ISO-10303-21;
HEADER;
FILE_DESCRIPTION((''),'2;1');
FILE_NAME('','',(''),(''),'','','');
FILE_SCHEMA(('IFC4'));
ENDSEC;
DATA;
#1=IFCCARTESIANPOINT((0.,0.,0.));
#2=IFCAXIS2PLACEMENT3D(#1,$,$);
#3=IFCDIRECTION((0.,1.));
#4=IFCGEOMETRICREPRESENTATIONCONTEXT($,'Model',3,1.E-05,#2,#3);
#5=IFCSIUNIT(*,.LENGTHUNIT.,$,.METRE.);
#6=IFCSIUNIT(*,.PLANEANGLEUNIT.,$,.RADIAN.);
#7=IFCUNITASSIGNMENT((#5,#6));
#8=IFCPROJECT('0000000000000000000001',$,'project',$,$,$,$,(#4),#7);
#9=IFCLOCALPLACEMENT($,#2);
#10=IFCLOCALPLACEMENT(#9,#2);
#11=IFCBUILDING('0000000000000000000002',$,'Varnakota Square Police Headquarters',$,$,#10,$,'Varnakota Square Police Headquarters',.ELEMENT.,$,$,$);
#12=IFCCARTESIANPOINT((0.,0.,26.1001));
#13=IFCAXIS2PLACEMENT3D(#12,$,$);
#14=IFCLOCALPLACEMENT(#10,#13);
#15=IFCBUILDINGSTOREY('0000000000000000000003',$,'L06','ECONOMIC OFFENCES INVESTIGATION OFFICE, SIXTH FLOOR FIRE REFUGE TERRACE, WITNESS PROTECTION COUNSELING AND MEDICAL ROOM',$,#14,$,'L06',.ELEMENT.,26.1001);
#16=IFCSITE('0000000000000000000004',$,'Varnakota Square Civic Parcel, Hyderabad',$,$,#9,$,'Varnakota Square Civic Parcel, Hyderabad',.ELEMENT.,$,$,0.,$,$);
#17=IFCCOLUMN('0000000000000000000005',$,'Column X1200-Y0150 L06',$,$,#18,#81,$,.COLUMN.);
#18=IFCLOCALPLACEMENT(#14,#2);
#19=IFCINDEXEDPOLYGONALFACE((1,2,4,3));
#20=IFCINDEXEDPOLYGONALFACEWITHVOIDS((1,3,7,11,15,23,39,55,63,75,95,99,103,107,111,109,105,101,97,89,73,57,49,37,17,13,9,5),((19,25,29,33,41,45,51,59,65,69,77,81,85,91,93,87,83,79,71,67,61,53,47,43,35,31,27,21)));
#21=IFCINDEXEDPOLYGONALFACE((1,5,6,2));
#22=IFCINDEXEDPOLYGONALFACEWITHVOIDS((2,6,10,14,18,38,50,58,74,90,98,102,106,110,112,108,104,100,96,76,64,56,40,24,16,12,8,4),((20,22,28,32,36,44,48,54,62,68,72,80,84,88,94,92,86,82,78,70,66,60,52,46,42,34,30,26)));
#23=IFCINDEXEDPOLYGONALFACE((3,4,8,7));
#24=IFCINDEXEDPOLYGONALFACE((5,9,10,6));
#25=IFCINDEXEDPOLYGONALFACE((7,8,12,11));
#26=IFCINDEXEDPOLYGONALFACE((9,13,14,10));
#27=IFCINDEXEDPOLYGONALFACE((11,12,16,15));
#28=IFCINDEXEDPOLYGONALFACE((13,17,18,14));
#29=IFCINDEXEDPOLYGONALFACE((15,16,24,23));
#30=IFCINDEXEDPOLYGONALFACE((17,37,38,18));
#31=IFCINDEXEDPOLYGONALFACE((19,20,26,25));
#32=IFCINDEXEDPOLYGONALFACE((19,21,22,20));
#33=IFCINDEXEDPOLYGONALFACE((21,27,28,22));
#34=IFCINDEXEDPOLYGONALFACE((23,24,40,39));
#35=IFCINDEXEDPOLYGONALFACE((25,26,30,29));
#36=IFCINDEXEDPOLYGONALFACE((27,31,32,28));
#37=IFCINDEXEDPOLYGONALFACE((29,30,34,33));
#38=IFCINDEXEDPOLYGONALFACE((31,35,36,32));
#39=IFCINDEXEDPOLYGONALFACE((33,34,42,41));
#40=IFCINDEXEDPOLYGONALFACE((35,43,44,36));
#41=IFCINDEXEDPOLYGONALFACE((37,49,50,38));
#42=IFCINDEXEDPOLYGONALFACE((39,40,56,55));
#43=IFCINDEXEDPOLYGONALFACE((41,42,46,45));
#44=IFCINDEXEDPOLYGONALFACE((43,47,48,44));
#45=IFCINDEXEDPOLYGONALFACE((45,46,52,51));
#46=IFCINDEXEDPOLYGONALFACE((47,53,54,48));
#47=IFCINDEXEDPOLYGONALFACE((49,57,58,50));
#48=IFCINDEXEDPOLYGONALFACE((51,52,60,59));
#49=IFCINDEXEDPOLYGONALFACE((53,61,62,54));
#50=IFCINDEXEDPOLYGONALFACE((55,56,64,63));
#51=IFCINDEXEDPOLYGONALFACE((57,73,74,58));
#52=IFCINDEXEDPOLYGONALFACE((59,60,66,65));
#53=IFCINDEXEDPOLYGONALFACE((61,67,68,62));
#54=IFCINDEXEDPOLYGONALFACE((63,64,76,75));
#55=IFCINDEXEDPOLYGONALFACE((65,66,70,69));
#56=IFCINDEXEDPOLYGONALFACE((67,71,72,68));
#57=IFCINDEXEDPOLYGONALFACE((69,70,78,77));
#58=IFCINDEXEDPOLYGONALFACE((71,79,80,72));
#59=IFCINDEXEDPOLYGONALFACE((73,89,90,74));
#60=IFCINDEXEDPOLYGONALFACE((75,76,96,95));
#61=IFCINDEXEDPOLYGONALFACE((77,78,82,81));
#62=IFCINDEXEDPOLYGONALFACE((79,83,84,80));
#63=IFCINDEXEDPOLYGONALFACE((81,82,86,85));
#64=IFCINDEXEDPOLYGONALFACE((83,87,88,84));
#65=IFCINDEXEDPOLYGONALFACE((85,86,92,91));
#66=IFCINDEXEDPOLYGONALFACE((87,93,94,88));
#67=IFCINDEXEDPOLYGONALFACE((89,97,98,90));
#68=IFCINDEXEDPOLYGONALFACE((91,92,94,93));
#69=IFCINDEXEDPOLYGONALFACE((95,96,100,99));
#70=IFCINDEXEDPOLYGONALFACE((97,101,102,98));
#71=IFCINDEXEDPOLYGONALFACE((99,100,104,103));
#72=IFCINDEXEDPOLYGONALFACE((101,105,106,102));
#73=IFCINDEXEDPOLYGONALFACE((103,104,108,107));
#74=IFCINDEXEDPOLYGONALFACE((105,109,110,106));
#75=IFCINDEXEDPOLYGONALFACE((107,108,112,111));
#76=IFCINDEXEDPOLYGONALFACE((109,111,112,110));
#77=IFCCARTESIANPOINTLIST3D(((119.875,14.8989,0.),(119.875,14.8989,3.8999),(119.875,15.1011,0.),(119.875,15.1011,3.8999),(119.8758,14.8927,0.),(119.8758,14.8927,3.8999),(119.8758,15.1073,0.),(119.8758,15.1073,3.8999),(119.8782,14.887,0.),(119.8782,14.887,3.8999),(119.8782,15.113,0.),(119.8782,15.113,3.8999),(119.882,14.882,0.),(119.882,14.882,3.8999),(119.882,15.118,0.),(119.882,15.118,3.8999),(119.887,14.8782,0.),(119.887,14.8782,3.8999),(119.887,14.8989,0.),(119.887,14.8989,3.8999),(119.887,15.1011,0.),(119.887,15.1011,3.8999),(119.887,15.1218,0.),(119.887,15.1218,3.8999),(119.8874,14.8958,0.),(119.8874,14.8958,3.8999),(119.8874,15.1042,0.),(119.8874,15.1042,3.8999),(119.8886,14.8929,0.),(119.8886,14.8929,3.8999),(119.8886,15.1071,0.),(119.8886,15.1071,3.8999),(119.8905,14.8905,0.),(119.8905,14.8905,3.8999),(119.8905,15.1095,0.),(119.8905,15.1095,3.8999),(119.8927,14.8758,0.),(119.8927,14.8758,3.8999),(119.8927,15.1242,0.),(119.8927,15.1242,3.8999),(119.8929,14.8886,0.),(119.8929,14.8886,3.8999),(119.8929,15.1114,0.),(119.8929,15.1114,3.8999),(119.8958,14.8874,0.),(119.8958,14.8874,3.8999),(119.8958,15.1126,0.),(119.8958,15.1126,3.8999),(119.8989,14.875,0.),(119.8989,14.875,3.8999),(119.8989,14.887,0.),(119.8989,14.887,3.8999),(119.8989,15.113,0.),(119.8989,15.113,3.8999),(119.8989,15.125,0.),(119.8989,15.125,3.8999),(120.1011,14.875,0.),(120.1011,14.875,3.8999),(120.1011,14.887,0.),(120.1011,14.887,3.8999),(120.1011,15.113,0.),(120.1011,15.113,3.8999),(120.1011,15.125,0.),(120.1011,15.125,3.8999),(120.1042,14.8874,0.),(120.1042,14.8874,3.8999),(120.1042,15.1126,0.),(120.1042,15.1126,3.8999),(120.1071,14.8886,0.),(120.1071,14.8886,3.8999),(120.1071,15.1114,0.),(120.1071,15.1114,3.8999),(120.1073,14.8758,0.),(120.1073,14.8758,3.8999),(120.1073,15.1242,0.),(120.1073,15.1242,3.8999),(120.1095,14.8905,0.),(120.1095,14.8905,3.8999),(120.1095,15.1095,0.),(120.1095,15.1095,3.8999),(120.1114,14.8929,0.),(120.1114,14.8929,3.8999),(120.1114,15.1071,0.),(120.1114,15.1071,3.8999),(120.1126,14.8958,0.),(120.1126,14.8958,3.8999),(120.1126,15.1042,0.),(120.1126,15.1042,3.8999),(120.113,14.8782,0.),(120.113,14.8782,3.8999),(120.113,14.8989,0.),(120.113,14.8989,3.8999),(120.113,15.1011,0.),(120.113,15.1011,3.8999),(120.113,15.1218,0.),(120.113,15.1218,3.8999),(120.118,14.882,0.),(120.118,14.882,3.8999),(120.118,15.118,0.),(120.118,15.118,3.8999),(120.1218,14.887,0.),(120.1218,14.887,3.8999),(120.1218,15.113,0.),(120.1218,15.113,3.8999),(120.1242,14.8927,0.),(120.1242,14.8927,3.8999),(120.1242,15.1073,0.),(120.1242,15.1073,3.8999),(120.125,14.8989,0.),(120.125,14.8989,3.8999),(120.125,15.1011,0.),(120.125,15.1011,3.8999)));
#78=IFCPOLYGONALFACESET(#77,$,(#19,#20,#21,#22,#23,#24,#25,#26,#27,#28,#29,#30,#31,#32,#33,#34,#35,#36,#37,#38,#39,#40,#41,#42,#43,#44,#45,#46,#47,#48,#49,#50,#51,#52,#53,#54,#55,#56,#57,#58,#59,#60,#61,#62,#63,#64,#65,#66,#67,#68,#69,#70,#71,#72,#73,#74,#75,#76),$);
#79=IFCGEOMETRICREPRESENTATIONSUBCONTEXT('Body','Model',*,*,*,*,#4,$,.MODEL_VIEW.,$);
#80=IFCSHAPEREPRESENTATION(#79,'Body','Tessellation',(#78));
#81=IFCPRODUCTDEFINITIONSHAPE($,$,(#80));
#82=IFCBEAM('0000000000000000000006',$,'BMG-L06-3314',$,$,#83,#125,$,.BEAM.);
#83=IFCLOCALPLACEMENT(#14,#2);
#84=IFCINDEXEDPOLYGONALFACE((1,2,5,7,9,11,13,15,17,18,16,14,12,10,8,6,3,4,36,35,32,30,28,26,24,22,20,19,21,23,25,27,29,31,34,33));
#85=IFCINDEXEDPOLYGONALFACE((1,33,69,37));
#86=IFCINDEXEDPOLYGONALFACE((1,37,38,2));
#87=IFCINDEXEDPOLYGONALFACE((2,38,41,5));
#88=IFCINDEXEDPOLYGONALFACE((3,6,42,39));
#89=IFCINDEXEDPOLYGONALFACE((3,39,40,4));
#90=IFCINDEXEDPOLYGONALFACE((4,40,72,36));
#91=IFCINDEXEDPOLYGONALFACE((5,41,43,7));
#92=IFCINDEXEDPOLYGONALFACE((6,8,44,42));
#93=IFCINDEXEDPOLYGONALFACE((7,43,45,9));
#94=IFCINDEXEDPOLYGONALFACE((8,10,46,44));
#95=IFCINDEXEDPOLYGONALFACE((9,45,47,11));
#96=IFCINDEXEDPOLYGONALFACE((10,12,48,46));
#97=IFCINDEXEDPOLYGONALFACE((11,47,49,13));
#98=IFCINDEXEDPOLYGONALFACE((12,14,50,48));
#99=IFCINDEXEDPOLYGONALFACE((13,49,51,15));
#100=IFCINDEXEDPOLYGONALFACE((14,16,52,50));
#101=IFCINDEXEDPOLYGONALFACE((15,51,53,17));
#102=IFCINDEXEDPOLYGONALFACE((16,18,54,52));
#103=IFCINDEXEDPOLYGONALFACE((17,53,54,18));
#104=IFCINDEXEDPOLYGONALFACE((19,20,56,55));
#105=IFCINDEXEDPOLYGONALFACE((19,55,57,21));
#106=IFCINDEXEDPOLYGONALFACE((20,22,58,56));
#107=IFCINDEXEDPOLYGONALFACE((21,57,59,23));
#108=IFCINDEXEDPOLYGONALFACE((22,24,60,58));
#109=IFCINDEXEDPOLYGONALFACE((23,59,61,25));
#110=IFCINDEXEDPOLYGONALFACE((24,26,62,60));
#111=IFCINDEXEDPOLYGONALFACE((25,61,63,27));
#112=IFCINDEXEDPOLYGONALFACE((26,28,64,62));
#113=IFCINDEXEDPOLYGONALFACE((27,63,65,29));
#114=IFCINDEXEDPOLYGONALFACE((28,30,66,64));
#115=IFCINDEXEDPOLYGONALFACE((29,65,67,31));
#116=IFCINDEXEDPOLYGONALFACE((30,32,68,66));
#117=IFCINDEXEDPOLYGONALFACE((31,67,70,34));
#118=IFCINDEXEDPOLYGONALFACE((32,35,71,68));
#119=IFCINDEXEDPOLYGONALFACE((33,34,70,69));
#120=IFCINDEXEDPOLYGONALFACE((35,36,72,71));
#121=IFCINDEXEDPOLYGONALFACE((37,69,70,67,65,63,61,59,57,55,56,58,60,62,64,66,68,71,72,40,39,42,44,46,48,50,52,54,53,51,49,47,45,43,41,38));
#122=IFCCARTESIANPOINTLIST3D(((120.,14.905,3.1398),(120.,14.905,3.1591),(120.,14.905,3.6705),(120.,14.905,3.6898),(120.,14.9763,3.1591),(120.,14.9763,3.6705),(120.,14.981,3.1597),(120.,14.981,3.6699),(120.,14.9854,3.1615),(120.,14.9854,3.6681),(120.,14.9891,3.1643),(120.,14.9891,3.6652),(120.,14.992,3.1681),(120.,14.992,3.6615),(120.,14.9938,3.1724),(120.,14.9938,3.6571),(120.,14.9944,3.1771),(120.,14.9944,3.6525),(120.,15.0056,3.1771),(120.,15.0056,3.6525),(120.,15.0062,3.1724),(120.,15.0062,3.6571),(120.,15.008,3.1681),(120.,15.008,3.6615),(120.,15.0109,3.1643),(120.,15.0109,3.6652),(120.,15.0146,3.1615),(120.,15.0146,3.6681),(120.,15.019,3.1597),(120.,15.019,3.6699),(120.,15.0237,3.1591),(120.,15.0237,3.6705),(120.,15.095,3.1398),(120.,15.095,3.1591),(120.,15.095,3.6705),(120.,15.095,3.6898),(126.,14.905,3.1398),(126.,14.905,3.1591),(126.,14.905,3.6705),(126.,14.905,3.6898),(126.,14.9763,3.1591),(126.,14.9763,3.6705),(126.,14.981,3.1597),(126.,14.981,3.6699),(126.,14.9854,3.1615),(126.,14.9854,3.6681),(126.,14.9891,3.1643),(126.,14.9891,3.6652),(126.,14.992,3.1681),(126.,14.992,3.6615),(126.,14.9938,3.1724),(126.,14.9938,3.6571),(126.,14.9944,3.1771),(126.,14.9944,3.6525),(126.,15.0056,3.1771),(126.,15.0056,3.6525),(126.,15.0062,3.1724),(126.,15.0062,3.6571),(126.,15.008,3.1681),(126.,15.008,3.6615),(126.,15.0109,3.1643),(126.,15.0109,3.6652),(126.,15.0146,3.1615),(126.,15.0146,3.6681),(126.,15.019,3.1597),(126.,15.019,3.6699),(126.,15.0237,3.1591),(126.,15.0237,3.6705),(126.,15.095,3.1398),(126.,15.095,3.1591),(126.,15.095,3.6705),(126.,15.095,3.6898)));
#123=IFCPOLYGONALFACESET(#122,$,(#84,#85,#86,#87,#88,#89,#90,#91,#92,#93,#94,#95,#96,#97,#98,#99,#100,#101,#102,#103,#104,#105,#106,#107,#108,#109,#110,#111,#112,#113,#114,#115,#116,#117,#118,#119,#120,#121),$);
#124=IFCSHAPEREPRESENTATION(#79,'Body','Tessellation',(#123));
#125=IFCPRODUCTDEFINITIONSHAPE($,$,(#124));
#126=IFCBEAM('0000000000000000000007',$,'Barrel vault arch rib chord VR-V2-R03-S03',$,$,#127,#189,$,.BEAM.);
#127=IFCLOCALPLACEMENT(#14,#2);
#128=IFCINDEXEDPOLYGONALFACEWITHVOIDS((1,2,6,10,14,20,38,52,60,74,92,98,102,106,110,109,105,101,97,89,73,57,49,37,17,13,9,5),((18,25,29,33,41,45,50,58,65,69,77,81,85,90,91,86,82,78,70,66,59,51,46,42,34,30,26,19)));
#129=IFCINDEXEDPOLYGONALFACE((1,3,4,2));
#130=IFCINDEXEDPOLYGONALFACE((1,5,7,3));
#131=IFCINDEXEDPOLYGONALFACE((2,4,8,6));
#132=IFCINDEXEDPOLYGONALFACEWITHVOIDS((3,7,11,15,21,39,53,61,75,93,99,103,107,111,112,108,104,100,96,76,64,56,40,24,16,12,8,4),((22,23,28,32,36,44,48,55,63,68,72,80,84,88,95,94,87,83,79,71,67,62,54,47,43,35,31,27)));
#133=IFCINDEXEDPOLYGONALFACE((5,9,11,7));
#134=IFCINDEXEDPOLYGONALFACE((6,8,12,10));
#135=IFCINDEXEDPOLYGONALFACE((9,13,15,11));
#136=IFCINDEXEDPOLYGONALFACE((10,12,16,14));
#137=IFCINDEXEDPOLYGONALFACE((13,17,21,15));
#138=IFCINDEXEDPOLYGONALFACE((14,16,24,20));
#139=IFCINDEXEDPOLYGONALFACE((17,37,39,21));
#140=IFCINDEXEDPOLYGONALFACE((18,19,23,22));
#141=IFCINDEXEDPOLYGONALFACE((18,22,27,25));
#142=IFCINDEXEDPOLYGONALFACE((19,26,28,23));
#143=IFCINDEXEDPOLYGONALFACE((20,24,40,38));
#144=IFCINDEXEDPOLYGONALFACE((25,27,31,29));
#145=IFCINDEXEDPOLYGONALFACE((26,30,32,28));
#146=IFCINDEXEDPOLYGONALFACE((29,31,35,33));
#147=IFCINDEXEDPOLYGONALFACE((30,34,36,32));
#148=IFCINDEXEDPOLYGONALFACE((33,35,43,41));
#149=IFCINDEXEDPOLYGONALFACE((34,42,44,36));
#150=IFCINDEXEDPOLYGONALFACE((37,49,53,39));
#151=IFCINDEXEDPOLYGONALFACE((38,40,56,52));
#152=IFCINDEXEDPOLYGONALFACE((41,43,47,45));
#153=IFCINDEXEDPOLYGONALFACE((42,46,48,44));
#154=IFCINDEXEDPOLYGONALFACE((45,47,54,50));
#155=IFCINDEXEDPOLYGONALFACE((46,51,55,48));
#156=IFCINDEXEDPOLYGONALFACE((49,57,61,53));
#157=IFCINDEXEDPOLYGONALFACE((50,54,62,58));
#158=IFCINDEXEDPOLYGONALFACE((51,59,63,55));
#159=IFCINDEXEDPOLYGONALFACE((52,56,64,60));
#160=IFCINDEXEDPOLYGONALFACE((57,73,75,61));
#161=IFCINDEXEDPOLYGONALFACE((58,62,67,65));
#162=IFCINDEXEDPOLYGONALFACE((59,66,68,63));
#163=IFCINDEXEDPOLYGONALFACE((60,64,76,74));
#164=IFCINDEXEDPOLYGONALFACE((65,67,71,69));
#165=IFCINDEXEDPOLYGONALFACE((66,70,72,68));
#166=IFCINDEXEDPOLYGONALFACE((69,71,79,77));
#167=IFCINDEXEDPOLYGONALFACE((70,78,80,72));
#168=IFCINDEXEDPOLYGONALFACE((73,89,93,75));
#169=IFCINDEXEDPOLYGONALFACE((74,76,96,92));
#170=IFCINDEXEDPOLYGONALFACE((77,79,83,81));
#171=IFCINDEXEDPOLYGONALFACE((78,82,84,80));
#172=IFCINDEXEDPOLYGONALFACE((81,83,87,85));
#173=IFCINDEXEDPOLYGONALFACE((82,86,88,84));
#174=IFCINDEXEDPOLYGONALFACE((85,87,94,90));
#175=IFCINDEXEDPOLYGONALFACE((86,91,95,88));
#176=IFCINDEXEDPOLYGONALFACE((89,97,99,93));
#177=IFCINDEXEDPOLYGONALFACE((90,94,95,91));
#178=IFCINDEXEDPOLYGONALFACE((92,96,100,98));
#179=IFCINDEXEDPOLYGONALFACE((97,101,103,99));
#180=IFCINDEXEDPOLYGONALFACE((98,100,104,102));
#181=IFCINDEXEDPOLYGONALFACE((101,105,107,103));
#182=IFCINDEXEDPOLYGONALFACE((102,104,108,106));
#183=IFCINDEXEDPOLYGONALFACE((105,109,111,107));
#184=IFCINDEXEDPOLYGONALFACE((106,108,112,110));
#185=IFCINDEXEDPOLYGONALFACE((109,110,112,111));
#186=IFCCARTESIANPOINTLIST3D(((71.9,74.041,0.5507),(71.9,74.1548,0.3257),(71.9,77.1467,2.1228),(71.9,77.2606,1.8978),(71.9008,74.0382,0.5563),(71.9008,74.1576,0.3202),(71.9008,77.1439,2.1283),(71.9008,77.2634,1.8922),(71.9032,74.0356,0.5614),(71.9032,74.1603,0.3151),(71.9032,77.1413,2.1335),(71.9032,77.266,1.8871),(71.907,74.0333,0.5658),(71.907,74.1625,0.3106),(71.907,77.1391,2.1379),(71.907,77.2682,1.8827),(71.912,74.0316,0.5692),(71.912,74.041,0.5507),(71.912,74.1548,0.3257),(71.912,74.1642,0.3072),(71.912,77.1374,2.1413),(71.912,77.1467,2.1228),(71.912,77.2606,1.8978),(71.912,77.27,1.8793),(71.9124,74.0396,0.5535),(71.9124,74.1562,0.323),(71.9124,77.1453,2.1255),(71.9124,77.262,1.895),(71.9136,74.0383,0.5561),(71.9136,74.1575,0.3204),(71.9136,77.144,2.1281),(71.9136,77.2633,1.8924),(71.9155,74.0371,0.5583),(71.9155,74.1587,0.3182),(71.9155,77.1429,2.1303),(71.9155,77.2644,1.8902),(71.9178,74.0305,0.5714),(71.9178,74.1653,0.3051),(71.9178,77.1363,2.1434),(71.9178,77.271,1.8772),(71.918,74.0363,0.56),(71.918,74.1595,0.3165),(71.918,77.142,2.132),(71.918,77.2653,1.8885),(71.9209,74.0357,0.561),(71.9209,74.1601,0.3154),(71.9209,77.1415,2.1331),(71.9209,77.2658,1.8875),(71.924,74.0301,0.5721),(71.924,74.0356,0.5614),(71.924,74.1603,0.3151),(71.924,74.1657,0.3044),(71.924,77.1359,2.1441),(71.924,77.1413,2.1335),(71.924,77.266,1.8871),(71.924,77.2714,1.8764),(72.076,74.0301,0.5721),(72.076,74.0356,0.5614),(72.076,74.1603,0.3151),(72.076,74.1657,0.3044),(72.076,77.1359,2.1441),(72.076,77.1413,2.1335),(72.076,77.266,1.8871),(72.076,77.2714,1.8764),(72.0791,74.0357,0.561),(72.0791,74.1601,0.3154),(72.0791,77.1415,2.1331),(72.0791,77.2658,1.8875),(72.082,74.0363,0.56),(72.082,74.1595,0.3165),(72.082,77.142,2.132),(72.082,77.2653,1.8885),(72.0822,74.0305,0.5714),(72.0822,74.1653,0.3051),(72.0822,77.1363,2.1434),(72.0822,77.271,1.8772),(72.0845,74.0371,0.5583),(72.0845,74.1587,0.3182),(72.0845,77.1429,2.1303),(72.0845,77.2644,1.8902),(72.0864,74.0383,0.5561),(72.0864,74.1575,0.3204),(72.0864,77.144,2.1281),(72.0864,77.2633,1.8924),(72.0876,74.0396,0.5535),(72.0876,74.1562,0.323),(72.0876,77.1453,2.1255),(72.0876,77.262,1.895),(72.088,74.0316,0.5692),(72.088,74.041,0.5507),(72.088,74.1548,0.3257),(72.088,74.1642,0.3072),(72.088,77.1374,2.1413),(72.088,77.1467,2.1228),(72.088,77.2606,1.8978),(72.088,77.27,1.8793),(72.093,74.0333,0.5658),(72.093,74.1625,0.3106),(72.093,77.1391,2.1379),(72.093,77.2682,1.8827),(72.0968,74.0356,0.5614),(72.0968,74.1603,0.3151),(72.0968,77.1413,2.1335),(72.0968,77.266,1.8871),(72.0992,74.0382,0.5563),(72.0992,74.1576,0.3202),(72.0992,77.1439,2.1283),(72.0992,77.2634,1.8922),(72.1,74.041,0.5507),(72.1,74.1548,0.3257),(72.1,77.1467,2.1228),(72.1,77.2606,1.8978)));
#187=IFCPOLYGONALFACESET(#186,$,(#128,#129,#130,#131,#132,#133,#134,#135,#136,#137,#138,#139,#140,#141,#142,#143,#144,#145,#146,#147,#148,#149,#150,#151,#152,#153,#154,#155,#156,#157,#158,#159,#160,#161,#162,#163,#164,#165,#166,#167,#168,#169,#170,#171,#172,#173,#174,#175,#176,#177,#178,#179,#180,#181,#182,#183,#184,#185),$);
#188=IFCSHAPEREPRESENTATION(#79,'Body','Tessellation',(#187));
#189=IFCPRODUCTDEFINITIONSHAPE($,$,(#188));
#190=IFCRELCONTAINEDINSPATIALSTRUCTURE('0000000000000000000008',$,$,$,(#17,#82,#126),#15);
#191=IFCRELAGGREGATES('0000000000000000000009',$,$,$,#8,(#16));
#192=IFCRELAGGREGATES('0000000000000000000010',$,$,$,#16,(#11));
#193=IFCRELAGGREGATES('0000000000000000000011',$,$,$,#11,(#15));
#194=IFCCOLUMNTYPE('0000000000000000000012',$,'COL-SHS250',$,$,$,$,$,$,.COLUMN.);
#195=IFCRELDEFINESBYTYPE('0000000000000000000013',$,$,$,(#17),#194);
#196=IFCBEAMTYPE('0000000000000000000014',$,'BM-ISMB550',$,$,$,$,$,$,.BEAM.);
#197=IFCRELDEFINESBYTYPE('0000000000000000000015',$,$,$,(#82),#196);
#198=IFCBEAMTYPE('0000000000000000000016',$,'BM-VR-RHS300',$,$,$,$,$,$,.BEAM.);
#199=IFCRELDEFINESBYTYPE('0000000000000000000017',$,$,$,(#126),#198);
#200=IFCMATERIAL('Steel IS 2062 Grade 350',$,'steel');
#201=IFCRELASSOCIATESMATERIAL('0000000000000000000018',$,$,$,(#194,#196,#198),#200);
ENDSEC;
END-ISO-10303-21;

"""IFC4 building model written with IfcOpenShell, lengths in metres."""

from ifc_helpers import new_model, si_unit, direction, frame, origin, origin_2d, place, context, subcontext, project, spatial, hollow_rectangle, i_section, extrude, material, material_profile, profile_set, type_object, element, save


model = new_model("IFC4")

# Units and contexts
model_context = context("Model", 3, precision=1e-05, world=origin(), true_north=direction((0.0, 1.0)))
body_context = subcontext(model_context, "Body", "Model", "MODEL_VIEW")
ifc_project = project(units=[si_unit("LENGTHUNIT", "METRE"), si_unit("PLANEANGLEUNIT", "RADIAN")], contexts=[model_context])

# Site, building, storey
site_placement = place(None, origin())
site = spatial("IfcSite", under=ifc_project, at=site_placement, Name="Varnakota Square Civic Parcel, Hyderabad", LongName="Varnakota Square Civic Parcel, Hyderabad", CompositionType="ELEMENT", RefElevation=0.0)
building_placement = place(site_placement, origin())
building = spatial("IfcBuilding", under=site, at=building_placement, Name="Varnakota Square Police Headquarters", LongName="Varnakota Square Police Headquarters", CompositionType="ELEMENT")
storey_placement = place(building_placement, frame((0.0, 0.0, 26.1001)))
storey = spatial("IfcBuildingStorey", under=building, at=storey_placement, Name="L06", Description="ECONOMIC OFFENCES INVESTIGATION OFFICE, SIXTH FLOOR FIRE REFUGE TERRACE, WITNESS PROTECTION COUNSELING AND MEDICAL ROOM", LongName="L06", CompositionType="ELEMENT", Elevation=26.1001)

# Column
ifc_material_1 = material(Name="Steel IS 2062 Grade 350", Category="steel")
ifc_material_profile_1 = material_profile(ifc_material_1, hollow_rectangle(XDim=0.25, YDim=0.25, WallThickness=0.012, InnerFilletRadius=0.012, OuterFilletRadius=0.0239, at=origin_2d()), Name="SHS 250x250x12")
ifc_profile_set_1 = profile_set([ifc_material_profile_1], Name="Steel IS 2062 Grade 350")
column_type = type_object("IfcColumnType", Name="COL-SHS250", PredefinedType="COLUMN", material=ifc_profile_set_1)
column_placement = place(storey_placement, frame((120.0, 15.0, 0.0), z_axis=(0.0, 0.0, 1.0), x_axis=(1.0, 0.0, 0.0)))
element("IfcColumn", 1, at=column_placement, inside=storey, type_object=column_type, Name="Column X1200-Y0150 L06", PredefinedType="COLUMN", context=body_context, shape_type="SweptSolid", body=[
    extrude(hollow_rectangle(XDim=0.25, YDim=0.25, WallThickness=0.012, InnerFilletRadius=0.012, OuterFilletRadius=0.0239, at=origin_2d()), origin(), (0.0, 0.0, 1.0), 3.8999),
])

# Beams
ifc_material_profile_2 = material_profile(ifc_material_1, i_section(OverallWidth=0.1899, OverallDepth=0.55, WebThickness=0.0112, FlangeThickness=0.0193, FilletRadius=0.0181, at=origin_2d()), Name="ISMB 550")
ifc_profile_set_2 = profile_set([ifc_material_profile_2], Name="Steel IS 2062 Grade 350")
beam_type_1 = type_object("IfcBeamType", Name="BM-ISMB550", PredefinedType="BEAM", material=ifc_profile_set_2)
beam_placement = place(storey_placement, frame((120.0, 15.0, 3.4148), z_axis=(1.0, 0.0, 0.0), x_axis=(0.0, 1.0, 0.0)))
element("IfcBeam", 2, at=beam_placement, inside=storey, type_object=beam_type_1, Name="BMG-L06-3314", PredefinedType="BEAM", context=body_context, shape_type="SweptSolid", body=[
    extrude(i_section(OverallWidth=0.1899, OverallDepth=0.55, WebThickness=0.0112, FlangeThickness=0.0193, FilletRadius=0.0181, at=origin_2d()), origin(), (0.0, 0.0, 1.0), 6.0),
])
ifc_material_profile_3 = material_profile(ifc_material_1, hollow_rectangle(XDim=0.2, YDim=0.3, WallThickness=0.012, InnerFilletRadius=0.012, OuterFilletRadius=0.0239, at=origin_2d()), Name="RHS 300x200x12")
ifc_profile_set_3 = profile_set([ifc_material_profile_3], Name="Steel IS 2062 Grade 350")
beam_type_2 = type_object("IfcBeamType", Name="BM-VR-RHS300", PredefinedType="BEAM", material=ifc_profile_set_3)
for number, where, z_axis, x_axis, name in (
    (3, (72.0, 74.0979, 0.4382), (0.0, 0.892214, 0.451613), (-1.0, 0.0, 0.0), "Barrel vault arch rib chord VR-V2-R03-S03"),
):
    element("IfcBeam", number, at=place(storey_placement, frame(where, z_axis=z_axis, x_axis=x_axis)), inside=storey, type_object=beam_type_2, Name=name, PredefinedType="BEAM", context=body_context, shape_type="SweptSolid", body=[
        extrude(hollow_rectangle(XDim=0.2, YDim=0.3, WallThickness=0.012, InnerFilletRadius=0.012, OuterFilletRadius=0.0239, at=origin_2d()), origin(), (0.0, 0.0, 1.0), 3.481),
    ])

save(model, "model.ifc")
